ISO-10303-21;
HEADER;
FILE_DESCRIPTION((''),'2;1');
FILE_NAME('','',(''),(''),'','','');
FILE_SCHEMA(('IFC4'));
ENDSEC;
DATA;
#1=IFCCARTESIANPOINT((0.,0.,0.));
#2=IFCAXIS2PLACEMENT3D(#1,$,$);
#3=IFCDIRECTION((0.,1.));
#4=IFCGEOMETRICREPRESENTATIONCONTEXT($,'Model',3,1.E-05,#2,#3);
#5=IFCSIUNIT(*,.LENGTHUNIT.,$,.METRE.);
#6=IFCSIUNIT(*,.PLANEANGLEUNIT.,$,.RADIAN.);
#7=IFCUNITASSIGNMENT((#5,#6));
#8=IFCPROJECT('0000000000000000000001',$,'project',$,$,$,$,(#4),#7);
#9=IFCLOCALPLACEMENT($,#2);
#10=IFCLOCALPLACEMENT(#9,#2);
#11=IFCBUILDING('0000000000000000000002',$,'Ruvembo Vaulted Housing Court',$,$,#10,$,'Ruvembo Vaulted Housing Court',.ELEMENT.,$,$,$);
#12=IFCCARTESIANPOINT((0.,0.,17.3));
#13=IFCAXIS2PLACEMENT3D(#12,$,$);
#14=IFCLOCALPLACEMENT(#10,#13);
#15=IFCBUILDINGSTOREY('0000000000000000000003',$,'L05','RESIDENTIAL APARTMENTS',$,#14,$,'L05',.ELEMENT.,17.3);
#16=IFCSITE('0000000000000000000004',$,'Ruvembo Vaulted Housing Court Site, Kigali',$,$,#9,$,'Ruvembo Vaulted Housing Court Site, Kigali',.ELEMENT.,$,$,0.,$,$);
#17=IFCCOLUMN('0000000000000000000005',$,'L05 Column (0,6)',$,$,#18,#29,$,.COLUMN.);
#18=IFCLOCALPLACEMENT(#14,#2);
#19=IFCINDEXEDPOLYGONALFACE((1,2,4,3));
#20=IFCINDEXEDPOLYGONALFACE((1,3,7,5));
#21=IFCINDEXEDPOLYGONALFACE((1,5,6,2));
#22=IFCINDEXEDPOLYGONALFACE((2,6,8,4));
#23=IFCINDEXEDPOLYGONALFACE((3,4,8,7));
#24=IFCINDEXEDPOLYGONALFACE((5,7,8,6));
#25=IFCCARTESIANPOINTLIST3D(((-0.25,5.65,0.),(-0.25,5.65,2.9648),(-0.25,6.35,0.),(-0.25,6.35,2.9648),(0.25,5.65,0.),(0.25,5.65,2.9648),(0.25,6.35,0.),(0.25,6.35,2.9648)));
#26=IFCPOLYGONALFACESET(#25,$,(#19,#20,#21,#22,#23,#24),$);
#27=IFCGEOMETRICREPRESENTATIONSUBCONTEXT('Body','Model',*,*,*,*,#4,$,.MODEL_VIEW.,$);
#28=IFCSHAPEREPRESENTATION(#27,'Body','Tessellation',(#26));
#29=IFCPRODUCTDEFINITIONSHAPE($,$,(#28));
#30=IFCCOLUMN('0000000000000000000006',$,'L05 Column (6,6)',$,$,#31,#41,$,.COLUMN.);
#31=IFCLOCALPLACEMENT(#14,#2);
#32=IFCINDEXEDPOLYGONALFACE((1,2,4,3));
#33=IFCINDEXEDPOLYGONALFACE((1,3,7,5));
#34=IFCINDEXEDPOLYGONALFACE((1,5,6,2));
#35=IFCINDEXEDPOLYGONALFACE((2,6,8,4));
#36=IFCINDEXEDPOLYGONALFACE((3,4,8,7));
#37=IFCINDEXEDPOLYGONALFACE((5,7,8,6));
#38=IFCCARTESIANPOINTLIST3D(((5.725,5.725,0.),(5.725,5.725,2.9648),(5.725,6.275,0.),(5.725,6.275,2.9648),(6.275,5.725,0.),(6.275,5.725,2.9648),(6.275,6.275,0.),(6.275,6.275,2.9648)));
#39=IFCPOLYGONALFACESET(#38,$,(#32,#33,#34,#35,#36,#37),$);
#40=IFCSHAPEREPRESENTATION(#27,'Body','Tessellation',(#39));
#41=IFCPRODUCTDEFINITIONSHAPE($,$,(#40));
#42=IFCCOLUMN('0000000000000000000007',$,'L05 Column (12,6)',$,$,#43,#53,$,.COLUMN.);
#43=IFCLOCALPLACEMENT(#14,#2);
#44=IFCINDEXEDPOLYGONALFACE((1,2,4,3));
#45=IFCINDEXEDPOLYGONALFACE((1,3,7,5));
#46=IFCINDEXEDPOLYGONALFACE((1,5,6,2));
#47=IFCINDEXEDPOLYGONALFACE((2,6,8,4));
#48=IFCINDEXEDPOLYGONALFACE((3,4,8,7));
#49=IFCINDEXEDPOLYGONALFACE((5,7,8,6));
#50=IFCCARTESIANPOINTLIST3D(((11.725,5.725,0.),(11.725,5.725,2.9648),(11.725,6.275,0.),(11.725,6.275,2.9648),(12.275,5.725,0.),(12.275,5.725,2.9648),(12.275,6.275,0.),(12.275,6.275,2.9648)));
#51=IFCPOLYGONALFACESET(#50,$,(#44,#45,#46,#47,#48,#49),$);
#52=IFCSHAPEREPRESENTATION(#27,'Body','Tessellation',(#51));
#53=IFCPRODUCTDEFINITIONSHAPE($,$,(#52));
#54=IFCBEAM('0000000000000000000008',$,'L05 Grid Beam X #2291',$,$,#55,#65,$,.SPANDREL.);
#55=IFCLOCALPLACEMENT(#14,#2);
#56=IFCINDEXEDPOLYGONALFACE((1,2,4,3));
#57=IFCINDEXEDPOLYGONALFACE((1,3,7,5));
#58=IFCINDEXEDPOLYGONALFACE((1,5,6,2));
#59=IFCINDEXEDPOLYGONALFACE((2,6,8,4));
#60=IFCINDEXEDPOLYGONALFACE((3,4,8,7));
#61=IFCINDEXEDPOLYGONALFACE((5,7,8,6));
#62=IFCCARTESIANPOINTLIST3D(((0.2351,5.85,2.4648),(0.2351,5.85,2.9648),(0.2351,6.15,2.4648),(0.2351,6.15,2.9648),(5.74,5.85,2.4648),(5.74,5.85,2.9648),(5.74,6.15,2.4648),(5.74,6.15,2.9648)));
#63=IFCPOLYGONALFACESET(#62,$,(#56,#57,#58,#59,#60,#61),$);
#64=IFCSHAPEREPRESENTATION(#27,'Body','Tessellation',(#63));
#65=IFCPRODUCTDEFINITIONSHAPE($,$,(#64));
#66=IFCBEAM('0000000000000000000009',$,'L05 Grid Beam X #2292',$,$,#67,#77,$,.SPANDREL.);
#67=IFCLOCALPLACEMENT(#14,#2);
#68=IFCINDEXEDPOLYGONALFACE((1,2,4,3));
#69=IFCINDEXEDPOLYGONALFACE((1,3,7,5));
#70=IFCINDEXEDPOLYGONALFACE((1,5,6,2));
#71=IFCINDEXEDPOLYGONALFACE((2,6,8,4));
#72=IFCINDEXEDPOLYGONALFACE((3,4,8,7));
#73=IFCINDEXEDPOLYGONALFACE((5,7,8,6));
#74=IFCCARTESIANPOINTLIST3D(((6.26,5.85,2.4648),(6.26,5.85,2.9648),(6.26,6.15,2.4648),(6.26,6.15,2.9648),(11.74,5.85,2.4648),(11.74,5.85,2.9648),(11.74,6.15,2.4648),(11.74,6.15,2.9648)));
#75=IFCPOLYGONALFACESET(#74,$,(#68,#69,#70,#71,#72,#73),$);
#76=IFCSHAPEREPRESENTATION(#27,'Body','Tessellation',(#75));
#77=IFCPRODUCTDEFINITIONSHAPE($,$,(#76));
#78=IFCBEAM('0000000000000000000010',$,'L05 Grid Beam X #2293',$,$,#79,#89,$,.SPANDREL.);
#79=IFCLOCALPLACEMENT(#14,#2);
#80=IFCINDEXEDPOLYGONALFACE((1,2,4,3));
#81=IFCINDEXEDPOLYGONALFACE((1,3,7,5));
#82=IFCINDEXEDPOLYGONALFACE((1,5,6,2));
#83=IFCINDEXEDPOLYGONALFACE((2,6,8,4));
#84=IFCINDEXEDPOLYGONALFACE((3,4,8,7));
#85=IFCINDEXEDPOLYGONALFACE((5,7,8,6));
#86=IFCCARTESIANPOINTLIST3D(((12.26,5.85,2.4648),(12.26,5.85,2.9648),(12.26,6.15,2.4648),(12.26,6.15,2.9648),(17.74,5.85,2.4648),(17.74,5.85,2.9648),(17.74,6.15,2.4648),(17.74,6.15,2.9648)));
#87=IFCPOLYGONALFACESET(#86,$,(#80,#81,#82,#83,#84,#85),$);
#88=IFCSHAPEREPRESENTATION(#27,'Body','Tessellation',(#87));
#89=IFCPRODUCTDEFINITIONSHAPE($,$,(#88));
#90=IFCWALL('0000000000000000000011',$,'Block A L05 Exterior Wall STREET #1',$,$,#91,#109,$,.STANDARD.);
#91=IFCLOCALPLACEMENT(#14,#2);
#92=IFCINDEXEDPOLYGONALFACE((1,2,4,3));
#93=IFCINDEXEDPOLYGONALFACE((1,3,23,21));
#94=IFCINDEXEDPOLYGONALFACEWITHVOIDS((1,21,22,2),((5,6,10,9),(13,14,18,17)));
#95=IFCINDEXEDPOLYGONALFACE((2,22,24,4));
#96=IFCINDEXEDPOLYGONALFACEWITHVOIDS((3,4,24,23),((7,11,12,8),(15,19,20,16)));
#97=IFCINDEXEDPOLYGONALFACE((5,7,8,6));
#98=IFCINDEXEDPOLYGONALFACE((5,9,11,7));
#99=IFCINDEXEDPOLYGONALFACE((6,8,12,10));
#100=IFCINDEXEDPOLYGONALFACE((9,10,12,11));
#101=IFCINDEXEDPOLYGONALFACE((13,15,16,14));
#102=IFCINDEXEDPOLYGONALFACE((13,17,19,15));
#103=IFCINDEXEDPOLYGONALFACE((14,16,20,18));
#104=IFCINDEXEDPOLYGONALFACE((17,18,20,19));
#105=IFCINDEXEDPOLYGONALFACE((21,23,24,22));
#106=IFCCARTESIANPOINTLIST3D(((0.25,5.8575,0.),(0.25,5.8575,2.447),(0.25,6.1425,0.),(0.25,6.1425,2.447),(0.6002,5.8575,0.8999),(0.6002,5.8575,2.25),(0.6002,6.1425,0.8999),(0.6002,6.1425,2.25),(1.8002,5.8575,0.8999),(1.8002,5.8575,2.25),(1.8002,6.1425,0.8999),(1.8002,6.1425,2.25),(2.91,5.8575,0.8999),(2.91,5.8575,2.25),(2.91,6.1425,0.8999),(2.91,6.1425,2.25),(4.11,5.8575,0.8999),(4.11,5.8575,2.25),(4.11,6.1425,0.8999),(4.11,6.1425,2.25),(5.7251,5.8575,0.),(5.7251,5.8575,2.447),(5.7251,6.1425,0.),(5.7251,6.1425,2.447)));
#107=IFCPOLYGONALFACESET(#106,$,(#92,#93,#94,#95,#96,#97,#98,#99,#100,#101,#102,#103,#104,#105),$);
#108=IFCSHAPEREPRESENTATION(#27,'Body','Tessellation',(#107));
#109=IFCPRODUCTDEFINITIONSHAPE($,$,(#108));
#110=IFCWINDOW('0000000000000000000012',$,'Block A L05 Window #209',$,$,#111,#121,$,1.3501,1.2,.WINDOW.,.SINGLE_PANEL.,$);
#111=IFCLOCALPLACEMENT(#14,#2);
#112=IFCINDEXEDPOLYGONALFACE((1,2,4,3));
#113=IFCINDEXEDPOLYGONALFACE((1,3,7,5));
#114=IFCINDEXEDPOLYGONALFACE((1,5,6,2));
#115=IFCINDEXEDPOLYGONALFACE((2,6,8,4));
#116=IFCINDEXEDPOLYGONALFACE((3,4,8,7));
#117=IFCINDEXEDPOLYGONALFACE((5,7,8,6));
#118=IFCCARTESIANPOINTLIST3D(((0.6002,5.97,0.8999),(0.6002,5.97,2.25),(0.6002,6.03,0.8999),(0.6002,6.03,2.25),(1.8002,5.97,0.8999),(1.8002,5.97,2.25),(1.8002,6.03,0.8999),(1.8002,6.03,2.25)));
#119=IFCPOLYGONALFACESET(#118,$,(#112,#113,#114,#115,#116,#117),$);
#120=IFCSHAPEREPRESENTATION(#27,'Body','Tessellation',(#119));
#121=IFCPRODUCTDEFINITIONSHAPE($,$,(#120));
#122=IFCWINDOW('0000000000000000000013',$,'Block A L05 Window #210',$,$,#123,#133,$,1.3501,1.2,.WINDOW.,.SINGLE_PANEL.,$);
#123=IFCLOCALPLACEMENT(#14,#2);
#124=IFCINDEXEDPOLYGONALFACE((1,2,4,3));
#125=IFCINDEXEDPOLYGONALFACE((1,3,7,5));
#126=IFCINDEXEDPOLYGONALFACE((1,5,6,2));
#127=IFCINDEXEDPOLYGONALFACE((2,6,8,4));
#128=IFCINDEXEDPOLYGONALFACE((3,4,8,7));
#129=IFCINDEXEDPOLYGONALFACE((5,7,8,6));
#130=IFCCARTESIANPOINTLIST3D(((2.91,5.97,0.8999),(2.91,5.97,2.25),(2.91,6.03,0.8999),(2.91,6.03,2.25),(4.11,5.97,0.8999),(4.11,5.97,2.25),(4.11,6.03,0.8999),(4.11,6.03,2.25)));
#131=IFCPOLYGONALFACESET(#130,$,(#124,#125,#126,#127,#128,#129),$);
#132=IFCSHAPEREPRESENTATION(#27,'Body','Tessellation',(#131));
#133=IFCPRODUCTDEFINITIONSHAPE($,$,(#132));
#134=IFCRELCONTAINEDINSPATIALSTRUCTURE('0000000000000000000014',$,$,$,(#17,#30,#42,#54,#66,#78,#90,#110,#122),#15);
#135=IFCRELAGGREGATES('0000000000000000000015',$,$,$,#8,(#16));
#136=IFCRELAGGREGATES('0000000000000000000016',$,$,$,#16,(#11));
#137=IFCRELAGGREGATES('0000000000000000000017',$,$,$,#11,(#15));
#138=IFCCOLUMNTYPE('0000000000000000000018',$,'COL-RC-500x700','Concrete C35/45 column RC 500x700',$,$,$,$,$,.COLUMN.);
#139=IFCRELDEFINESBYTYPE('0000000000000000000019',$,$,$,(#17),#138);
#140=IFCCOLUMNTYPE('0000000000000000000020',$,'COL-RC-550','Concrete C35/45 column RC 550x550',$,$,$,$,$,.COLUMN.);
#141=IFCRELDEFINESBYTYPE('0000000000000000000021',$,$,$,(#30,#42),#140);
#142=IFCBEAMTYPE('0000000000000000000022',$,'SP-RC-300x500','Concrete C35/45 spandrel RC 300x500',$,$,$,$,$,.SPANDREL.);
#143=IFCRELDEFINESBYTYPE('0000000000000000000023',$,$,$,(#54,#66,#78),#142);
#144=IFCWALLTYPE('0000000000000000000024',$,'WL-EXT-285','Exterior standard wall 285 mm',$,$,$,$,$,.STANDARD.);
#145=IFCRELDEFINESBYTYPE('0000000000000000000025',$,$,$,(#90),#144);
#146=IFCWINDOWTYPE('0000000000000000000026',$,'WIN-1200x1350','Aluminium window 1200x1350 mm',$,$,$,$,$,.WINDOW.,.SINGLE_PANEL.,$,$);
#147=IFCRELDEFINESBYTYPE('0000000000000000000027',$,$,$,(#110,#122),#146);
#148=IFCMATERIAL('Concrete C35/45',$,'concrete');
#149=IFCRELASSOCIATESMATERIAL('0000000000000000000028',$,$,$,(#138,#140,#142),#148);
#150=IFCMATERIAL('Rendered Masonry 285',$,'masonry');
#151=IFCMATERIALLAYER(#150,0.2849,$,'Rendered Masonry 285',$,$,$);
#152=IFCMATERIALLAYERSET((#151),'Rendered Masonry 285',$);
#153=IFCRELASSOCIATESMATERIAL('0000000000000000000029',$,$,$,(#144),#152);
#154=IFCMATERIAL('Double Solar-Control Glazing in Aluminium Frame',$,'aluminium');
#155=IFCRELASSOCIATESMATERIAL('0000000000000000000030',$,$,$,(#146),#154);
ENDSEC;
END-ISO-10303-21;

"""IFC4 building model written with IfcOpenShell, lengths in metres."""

from ifc_helpers import new_model, si_unit, direction, frame, frame_2d, origin, origin_2d, place, context, subcontext, project, spatial, rectangle, extrude, material, layer, layer_set, material_profile, profile_set, type_object, element, fill, save


model = new_model("IFC4")

# Units and contexts
model_context = context("Model", 3, precision=1e-05, world=origin(), true_north=direction((0.0, 1.0)))
body_context = subcontext(model_context, "Body", "Model", "MODEL_VIEW")
ifc_project = project(units=[si_unit("LENGTHUNIT", "METRE"), si_unit("PLANEANGLEUNIT", "RADIAN")], contexts=[model_context])

# Site, building, storey
site_placement = place(None, origin())
site = spatial("IfcSite", under=ifc_project, at=site_placement, Name="Ruvembo Vaulted Housing Court Site, Kigali", LongName="Ruvembo Vaulted Housing Court Site, Kigali", CompositionType="ELEMENT", RefElevation=0.0)
building_placement = place(site_placement, origin())
building = spatial("IfcBuilding", under=site, at=building_placement, Name="Ruvembo Vaulted Housing Court", LongName="Ruvembo Vaulted Housing Court", CompositionType="ELEMENT")
storey_placement = place(building_placement, frame((0.0, 0.0, 17.3)))
storey = spatial("IfcBuildingStorey", under=building, at=storey_placement, Name="L05", Description="RESIDENTIAL APARTMENTS", LongName="L05", CompositionType="ELEMENT", Elevation=17.3)

# Columns
ifc_material_1 = material(Name="Concrete C35/45", Category="concrete")
ifc_material_profile_1 = material_profile(ifc_material_1, rectangle(XDim=0.5, YDim=0.7, at=origin_2d()), Name="RC 500x700")
ifc_profile_set_1 = profile_set([ifc_material_profile_1], Name="Concrete C35/45")
column_type_1 = type_object("IfcColumnType", Name="COL-RC-500x700", Description="Concrete C35/45 column RC 500x700", PredefinedType="COLUMN", material=ifc_profile_set_1)
column_placement = place(storey_placement, frame((0.0, 6.0, 0.0), z_axis=(0.0, 0.0, 1.0), x_axis=(1.0, 0.0, 0.0)))
element("IfcColumn", 1, at=column_placement, inside=storey, type_object=column_type_1, Name="L05 Column (0,6)", PredefinedType="COLUMN", context=body_context, shape_type="SweptSolid", body=[
    extrude(rectangle(XDim=0.5, YDim=0.7, at=origin_2d()), origin(), (0.0, 0.0, 1.0), 2.9648),
])
ifc_material_profile_2 = material_profile(ifc_material_1, rectangle(XDim=0.55, YDim=0.55, at=origin_2d()), Name="RC 550x550")
ifc_profile_set_2 = profile_set([ifc_material_profile_2], Name="Concrete C35/45")
column_type_2 = type_object("IfcColumnType", Name="COL-RC-550", Description="Concrete C35/45 column RC 550x550", PredefinedType="COLUMN", material=ifc_profile_set_2)
for number, where, z_axis, x_axis, name in (
    (2, (6.0, 6.0, 0.0), (0.0, 0.0, 1.0), (1.0, 0.0, 0.0), "L05 Column (6,6)"),
    (3, (12.0, 6.0, 0.0), (0.0, 0.0, 1.0), (1.0, 0.0, 0.0), "L05 Column (12,6)"),
):
    element("IfcColumn", number, at=place(storey_placement, frame(where, z_axis=z_axis, x_axis=x_axis)), inside=storey, type_object=column_type_2, Name=name, PredefinedType="COLUMN", context=body_context, shape_type="SweptSolid", body=[
        extrude(rectangle(XDim=0.55, YDim=0.55, at=origin_2d()), origin(), (0.0, 0.0, 1.0), 2.9648),
    ])

# Beams
ifc_material_profile_3 = material_profile(ifc_material_1, rectangle(XDim=0.3, YDim=0.5, at=origin_2d()), Name="RC 300x500")
ifc_profile_set_3 = profile_set([ifc_material_profile_3], Name="Concrete C35/45")
beam_type = type_object("IfcBeamType", Name="SP-RC-300x500", Description="Concrete C35/45 spandrel RC 300x500", PredefinedType="SPANDREL", material=ifc_profile_set_3)
beam_placement = place(storey_placement, frame((0.2351, 6.0, 2.7148), z_axis=(1.0, 0.0, 0.0), x_axis=(0.0, 1.0, 0.0)))
element("IfcBeam", 4, at=beam_placement, inside=storey, type_object=beam_type, Name="L05 Grid Beam X #2291", PredefinedType="SPANDREL", context=body_context, shape_type="SweptSolid", body=[
    extrude(rectangle(XDim=0.3, YDim=0.5, at=origin_2d()), origin(), (0.0, 0.0, 1.0), 5.5049),
])
for number, where, z_axis, x_axis, name in (
    (5, (6.26, 6.0, 2.7148), (1.0, 0.0, 0.0), (0.0, 1.0, 0.0), "L05 Grid Beam X #2292"),
    (6, (12.26, 6.0, 2.7148), (1.0, 0.0, 0.0), (0.0, 1.0, 0.0), "L05 Grid Beam X #2293"),
):
    element("IfcBeam", number, at=place(storey_placement, frame(where, z_axis=z_axis, x_axis=x_axis)), inside=storey, type_object=beam_type, Name=name, PredefinedType="SPANDREL", context=body_context, shape_type="SweptSolid", body=[
        extrude(rectangle(XDim=0.3, YDim=0.5, at=origin_2d()), origin(), (0.0, 0.0, 1.0), 5.48),
    ])

# Wall, openings, windows
ifc_material_2 = material(Name="Rendered Masonry 285", Category="masonry")
ifc_layer_1 = layer(ifc_material_2, 0.2849, Name="Rendered Masonry 285")
ifc_layer_set_1 = layer_set([ifc_layer_1], Name="Rendered Masonry 285")
wall_type = type_object("IfcWallType", Name="WL-EXT-285", Description="Exterior standard wall 285 mm", PredefinedType="STANDARD", material=ifc_layer_set_1)
wall_1_placement = place(storey_placement, frame((0.25, 6.0, 0.0), z_axis=(0.0, 0.0, 1.0), x_axis=(1.0, 0.0, 0.0)))
wall_1 = element("IfcWall", 7, at=wall_1_placement, inside=storey, type_object=wall_type, Name="Block A L05 Exterior Wall STREET #1", PredefinedType="STANDARD", context=body_context, shape_type="SweptSolid", body=[
    extrude(rectangle(XDim=5.4751, YDim=0.2849, at=frame_2d((2.7375, 0.0))), origin(), (0.0, 0.0, 1.0), 2.447),
])
opening_1_placement = place(wall_1_placement, frame((0.3501, 0.0, 0.8999)))
opening_1 = element("IfcOpeningElement", 8, at=opening_1_placement, cuts=wall_1, PredefinedType="OPENING", context=body_context, shape_type="SweptSolid", body=[
    extrude(rectangle(XDim=1.2, YDim=1.3501, at=frame_2d((0.6001, 0.675))), frame((0.0, 0.1523, 0.0), z_axis=(0.0, -1.0, 0.0), x_axis=(1.0, 0.0, 0.0)), (0.0, 0.0, 1.0), 0.3049),
])
opening_2_placement = place(wall_1_placement, frame((2.6599, 0.0, 0.8999)))
opening_2 = element("IfcOpeningElement", 9, at=opening_2_placement, cuts=wall_1, PredefinedType="OPENING", context=body_context, shape_type="SweptSolid", body=[
    extrude(rectangle(XDim=1.2, YDim=1.3501, at=frame_2d((0.6001, 0.675))), frame((0.0, 0.1523, 0.0), z_axis=(0.0, -1.0, 0.0), x_axis=(1.0, 0.0, 0.0)), (0.0, 0.0, 1.0), 0.3049),
])
ifc_material_3 = material(Name="Double Solar-Control Glazing in Aluminium Frame", Category="aluminium")
window_type_1 = type_object("IfcWindowType", Name="WIN-1200x1350", Description="Aluminium window 1200x1350 mm", PartitioningType="SINGLE_PANEL", PredefinedType="WINDOW", material=ifc_material_3)
window_1_placement = place(opening_1_placement, origin())
window_1 = element("IfcWindow", 10, at=window_1_placement, inside=storey, type_object=window_type_1, Name="Block A L05 Window #209", OverallHeight=1.3501, OverallWidth=1.2, PartitioningType="SINGLE_PANEL", PredefinedType="WINDOW", context=body_context, shape_type="SweptSolid", body=[
    extrude(rectangle(XDim=1.2, YDim=1.3501, at=frame_2d((0.6001, 0.675))), frame((0.0, 0.03, 0.0), z_axis=(0.0, -1.0, 0.0), x_axis=(1.0, 0.0, 0.0)), (0.0, 0.0, 1.0), 0.0601),
])
fill(opening_1, window_1)
window_2_placement = place(opening_2_placement, origin())
window_2 = element("IfcWindow", 11, at=window_2_placement, inside=storey, type_object=window_type_1, Name="Block A L05 Window #210", OverallHeight=1.3501, OverallWidth=1.2, PartitioningType="SINGLE_PANEL", PredefinedType="WINDOW", context=body_context, shape_type="SweptSolid", body=[
    extrude(rectangle(XDim=1.2, YDim=1.3501, at=frame_2d((0.6001, 0.675))), frame((0.0, 0.03, 0.0), z_axis=(0.0, -1.0, 0.0), x_axis=(1.0, 0.0, 0.0)), (0.0, 0.0, 1.0), 0.0601),
])
fill(opening_2, window_2)

save(model, "model.ifc")
